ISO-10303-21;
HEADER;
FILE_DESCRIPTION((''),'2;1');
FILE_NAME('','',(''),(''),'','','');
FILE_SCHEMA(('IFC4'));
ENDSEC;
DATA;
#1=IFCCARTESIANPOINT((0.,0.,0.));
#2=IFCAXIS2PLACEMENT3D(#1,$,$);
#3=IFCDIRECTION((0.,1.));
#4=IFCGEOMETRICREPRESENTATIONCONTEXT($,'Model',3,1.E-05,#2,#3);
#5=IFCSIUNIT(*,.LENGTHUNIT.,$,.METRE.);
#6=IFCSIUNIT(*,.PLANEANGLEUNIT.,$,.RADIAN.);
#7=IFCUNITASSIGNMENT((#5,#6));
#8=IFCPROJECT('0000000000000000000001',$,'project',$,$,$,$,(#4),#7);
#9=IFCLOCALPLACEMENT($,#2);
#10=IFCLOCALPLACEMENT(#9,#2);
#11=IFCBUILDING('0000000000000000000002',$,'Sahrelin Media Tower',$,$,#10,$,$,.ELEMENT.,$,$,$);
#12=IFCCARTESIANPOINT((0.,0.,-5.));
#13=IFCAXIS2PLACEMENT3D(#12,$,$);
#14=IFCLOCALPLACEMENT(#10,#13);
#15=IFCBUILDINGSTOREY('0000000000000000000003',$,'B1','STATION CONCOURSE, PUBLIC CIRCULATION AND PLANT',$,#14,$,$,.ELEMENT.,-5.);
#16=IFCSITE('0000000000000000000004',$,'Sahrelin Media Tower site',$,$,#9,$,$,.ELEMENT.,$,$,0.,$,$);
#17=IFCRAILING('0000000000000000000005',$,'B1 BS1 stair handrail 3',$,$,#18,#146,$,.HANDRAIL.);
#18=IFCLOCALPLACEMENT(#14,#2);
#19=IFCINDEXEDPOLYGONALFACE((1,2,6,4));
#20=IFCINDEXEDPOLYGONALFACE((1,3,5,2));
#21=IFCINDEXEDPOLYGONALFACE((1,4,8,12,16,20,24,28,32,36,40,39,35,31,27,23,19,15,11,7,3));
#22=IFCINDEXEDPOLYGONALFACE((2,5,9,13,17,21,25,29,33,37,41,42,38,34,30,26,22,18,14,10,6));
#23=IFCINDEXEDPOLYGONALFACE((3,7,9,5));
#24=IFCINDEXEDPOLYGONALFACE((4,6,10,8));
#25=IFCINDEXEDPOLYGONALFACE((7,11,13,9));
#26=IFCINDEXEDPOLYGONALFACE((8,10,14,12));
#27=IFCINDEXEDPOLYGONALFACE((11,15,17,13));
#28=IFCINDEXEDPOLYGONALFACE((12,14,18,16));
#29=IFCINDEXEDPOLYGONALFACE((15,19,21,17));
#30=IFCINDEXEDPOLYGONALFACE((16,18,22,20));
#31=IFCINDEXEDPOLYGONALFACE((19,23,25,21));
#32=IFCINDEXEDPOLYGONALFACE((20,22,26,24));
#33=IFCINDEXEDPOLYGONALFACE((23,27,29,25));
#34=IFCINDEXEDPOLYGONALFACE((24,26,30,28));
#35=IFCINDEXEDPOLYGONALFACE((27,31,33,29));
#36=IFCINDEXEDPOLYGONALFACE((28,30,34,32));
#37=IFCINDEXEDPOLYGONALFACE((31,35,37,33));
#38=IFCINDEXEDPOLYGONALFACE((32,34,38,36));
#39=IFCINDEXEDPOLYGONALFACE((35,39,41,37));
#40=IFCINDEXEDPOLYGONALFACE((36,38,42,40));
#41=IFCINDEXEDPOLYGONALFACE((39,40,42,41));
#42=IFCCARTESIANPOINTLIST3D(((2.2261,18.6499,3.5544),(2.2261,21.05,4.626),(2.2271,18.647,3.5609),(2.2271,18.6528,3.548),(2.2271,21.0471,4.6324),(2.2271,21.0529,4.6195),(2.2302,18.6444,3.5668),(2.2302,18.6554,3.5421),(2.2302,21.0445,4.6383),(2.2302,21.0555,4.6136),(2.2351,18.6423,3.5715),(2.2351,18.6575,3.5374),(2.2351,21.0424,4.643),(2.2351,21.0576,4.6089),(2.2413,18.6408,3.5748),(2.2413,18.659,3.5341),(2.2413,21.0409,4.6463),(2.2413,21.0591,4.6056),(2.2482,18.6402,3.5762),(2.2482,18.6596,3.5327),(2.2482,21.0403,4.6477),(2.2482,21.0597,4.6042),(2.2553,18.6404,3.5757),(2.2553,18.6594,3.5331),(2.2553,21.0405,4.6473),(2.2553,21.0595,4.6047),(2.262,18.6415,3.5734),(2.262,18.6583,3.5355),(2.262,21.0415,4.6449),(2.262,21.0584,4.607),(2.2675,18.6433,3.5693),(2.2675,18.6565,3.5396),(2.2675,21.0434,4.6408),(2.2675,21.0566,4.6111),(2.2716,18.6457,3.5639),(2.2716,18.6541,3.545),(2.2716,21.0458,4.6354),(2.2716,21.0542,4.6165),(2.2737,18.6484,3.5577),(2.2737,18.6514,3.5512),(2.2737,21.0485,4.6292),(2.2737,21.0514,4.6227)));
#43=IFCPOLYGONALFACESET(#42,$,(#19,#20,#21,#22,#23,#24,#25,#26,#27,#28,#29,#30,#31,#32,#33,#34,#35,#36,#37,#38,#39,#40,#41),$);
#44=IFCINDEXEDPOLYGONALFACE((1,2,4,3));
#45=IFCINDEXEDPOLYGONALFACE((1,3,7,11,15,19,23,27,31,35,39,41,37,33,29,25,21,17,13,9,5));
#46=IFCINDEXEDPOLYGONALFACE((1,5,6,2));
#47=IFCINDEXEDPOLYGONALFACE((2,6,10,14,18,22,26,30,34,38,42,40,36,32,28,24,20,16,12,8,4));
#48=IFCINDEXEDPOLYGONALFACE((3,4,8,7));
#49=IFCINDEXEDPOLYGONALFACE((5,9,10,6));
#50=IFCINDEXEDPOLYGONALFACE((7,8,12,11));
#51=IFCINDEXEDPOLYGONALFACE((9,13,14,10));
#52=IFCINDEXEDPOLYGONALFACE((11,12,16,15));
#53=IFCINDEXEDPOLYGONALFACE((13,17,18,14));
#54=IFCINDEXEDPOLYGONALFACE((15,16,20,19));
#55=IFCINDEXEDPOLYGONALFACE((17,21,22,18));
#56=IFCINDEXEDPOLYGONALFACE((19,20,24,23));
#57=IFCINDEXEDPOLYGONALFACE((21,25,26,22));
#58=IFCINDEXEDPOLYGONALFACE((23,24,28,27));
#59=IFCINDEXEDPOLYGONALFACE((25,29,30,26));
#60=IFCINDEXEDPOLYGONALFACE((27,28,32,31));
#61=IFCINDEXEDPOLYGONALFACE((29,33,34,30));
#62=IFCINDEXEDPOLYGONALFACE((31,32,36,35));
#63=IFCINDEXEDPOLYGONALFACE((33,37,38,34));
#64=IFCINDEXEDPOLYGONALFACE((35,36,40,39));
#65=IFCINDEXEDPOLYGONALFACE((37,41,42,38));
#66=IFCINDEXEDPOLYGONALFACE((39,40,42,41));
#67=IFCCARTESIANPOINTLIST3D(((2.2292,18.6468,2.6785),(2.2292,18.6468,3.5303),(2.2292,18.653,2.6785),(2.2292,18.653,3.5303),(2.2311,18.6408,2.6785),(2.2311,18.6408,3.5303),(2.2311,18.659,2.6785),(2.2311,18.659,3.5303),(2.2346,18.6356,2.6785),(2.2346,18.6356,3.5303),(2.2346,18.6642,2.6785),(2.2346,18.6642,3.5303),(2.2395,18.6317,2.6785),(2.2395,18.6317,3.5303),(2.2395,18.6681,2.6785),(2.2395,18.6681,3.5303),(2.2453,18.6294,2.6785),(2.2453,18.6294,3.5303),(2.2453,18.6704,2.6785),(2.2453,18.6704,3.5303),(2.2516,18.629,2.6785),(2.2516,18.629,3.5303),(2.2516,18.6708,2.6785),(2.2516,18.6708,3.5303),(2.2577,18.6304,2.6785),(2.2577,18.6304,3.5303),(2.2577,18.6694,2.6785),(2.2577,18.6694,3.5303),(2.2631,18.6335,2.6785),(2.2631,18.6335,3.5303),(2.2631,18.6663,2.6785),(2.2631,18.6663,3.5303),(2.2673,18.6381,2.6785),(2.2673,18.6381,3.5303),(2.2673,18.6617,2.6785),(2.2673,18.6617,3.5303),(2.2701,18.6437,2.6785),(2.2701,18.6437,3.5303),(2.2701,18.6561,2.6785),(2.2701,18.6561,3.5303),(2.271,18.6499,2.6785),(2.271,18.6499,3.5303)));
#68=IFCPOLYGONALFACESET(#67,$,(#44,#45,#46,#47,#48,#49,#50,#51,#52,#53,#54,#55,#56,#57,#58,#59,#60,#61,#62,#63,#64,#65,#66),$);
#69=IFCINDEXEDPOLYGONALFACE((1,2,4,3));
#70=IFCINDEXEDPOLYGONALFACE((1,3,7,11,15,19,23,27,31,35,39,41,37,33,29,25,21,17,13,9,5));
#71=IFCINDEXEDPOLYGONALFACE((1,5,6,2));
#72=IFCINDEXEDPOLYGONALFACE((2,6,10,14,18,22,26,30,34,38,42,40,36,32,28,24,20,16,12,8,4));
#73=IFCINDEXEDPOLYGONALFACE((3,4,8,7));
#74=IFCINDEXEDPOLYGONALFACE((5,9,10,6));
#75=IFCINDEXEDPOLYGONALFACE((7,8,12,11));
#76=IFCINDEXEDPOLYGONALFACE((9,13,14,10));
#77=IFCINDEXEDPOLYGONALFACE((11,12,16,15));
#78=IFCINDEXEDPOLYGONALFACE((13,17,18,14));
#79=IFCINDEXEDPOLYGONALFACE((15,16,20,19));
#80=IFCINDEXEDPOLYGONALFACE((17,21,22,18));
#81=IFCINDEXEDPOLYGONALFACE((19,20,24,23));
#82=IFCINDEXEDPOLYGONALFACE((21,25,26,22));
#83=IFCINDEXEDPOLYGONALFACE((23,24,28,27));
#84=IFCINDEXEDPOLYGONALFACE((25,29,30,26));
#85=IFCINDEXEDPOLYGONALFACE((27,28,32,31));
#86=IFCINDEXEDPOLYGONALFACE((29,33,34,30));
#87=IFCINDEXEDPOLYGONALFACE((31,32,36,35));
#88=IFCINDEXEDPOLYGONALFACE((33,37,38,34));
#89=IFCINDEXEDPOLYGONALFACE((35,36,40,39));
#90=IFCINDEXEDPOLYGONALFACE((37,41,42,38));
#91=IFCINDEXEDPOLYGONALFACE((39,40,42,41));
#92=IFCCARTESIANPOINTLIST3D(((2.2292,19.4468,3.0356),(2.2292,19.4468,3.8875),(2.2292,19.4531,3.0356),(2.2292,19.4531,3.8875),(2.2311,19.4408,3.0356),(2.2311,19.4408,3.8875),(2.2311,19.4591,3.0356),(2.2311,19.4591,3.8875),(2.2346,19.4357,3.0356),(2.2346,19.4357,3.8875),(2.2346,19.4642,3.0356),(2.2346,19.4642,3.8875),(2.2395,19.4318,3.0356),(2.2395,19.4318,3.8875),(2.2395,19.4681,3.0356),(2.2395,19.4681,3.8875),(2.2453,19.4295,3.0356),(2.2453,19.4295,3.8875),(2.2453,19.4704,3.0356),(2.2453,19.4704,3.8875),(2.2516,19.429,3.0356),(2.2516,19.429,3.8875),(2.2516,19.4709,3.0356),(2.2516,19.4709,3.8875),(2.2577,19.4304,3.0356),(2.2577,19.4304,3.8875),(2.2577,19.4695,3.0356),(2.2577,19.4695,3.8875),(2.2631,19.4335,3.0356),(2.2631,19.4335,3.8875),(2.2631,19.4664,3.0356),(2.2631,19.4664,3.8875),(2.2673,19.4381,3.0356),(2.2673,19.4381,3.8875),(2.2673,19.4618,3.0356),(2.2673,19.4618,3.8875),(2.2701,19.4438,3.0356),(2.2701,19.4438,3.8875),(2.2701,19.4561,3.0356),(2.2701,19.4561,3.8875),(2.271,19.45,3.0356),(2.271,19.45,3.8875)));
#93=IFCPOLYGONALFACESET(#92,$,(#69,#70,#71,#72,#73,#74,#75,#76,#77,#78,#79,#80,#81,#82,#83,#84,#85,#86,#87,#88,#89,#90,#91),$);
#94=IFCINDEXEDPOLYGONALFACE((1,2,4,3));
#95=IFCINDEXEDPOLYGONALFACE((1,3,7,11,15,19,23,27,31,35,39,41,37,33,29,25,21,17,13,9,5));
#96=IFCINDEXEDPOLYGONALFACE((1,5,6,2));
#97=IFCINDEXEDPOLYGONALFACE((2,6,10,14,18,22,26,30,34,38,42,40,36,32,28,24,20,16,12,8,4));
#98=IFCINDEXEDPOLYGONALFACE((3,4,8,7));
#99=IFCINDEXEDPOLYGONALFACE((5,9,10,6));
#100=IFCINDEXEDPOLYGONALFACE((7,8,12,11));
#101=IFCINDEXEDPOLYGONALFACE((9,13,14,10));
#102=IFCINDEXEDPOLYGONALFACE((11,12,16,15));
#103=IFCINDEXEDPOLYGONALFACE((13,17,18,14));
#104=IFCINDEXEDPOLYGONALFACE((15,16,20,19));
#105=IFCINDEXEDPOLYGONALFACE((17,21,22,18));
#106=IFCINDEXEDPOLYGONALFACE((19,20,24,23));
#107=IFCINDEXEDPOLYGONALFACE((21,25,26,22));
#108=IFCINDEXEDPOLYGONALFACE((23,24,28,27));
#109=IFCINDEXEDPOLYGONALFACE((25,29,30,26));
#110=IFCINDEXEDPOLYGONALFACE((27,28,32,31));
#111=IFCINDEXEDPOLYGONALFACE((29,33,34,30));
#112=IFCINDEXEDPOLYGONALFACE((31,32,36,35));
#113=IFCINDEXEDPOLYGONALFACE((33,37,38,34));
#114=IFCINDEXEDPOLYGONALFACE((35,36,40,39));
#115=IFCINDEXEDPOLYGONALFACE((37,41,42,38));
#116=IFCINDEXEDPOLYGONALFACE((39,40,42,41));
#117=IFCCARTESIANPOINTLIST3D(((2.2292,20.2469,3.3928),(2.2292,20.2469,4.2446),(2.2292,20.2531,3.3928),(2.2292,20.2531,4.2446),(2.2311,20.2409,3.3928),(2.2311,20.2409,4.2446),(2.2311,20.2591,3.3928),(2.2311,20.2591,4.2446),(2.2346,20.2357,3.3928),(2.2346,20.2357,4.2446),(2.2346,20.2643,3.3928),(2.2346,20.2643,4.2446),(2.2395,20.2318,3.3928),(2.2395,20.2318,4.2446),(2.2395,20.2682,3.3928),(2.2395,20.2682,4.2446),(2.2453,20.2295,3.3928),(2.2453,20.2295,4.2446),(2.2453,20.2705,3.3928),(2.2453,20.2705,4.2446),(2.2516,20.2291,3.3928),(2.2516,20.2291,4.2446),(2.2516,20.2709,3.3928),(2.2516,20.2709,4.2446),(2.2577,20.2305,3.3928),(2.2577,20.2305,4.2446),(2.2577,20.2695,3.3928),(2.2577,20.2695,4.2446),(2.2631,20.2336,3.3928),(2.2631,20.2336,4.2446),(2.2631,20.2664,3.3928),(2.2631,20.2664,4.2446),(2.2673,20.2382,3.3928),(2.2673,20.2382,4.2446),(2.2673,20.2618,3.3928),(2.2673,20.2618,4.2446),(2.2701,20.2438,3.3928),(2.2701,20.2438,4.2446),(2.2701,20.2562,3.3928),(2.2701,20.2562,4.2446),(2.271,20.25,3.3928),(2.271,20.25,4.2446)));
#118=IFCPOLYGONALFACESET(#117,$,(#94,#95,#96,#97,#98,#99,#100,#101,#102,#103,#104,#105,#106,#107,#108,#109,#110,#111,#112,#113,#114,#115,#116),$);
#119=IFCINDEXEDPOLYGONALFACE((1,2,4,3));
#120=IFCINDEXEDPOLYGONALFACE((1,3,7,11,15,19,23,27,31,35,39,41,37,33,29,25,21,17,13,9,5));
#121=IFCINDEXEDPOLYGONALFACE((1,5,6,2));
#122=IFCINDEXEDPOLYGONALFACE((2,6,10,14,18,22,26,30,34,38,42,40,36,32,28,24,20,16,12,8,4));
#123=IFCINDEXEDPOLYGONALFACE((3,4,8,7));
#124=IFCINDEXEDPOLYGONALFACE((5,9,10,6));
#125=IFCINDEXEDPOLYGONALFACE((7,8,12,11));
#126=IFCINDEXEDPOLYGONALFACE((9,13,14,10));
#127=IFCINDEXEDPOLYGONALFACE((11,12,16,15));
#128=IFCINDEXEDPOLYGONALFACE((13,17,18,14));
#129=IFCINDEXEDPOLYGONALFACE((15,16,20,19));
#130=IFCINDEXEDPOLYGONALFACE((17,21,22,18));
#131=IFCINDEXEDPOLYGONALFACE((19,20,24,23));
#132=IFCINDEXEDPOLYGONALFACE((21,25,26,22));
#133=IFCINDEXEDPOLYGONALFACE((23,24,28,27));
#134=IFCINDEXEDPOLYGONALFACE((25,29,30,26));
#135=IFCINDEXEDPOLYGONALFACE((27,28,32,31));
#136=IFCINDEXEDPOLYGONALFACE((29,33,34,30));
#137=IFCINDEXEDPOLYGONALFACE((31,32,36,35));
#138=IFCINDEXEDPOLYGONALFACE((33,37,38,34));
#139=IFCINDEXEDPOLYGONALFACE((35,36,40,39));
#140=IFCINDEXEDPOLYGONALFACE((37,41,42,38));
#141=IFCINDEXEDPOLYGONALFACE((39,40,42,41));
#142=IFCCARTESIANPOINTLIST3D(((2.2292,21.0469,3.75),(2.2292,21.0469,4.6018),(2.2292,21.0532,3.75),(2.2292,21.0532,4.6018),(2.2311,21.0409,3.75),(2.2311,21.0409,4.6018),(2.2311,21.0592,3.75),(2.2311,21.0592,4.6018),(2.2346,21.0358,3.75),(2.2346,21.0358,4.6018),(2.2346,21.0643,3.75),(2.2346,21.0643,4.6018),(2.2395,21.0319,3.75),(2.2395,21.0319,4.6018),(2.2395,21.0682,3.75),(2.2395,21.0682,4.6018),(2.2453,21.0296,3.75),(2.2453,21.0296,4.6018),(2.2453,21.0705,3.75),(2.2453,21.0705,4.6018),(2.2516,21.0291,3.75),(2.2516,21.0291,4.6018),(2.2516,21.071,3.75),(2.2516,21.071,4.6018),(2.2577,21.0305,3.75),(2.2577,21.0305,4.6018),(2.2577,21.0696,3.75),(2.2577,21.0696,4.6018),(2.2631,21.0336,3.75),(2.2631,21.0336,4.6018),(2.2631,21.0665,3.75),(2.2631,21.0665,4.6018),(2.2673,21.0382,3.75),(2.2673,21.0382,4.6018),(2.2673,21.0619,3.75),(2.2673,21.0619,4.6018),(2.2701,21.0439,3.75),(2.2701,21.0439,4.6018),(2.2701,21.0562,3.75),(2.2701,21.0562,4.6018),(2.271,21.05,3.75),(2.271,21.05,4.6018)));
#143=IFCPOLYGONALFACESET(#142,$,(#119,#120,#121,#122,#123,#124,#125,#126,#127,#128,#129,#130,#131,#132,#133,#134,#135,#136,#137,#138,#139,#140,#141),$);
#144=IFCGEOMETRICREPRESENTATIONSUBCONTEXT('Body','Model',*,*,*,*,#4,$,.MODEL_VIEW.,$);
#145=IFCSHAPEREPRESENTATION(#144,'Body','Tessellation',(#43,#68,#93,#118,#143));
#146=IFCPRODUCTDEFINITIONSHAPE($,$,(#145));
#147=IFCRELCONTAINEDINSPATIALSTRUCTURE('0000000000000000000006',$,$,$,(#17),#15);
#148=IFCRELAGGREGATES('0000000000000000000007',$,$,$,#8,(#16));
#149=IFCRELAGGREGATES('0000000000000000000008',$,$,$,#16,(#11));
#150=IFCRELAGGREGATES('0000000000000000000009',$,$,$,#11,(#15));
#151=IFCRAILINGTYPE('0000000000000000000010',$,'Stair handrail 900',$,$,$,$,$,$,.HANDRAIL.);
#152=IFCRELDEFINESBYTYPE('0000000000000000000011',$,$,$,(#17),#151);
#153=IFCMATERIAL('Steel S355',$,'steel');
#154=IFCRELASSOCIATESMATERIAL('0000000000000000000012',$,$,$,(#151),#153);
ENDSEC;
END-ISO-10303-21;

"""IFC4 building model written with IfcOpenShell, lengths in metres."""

from ifc_helpers import new_model, si_unit, direction, frame, origin, origin_2d, place, context, subcontext, project, spatial, circle, extrude, material, type_object, element, save


model = new_model("IFC4")

# Units and contexts
model_context = context("Model", 3, precision=1e-05, world=origin(), true_north=direction((0.0, 1.0)))
body_context = subcontext(model_context, "Body", "Model", "MODEL_VIEW")
ifc_project = project(units=[si_unit("LENGTHUNIT", "METRE"), si_unit("PLANEANGLEUNIT", "RADIAN")], contexts=[model_context])

# Site, building, storey
site_placement = place(None, origin())
site = spatial("IfcSite", under=ifc_project, at=site_placement, Name="Sahrelin Media Tower site", CompositionType="ELEMENT", RefElevation=0.0)
building_placement = place(site_placement, origin())
building = spatial("IfcBuilding", under=site, at=building_placement, Name="Sahrelin Media Tower", CompositionType="ELEMENT")
storey_placement = place(building_placement, frame((0.0, 0.0, -5.0)))
storey = spatial("IfcBuildingStorey", under=building, at=storey_placement, Name="B1", Description="STATION CONCOURSE, PUBLIC CIRCULATION AND PLANT", CompositionType="ELEMENT", Elevation=-5.0)

# Railing
ifc_material_1 = material(Name="Steel S355", Category="steel")
railing_type_1 = type_object("IfcRailingType", Name="Stair handrail 900", PredefinedType="HANDRAIL", material=ifc_material_1)
for number, where, name in (
    (1, (2.25, 18.6499, 2.6785), "B1 BS1 stair handrail 3"),
):
    element("IfcRailing", number, at=place(storey_placement, frame(where)), inside=storey, type_object=railing_type_1, Name=name, PredefinedType="HANDRAIL", context=body_context, shape_type="SweptSolid", body=[
        extrude(circle(Radius=0.0239, at=origin_2d()), frame((0.0, 0.0, 0.876), z_axis=(0.0, 0.913132, 0.407663), x_axis=(-1.0, 0.0, 0.0)), (0.0, 0.0, 1.0), 2.6284),
        extrude(circle(Radius=0.021, at=origin_2d()), origin(), (0.0, 0.0, 1.0), 0.8518),
        extrude(circle(Radius=0.021, at=origin_2d()), frame((0.0, 0.8, 0.3572)), (0.0, 0.0, 1.0), 0.8518),
        extrude(circle(Radius=0.021, at=origin_2d()), frame((0.0, 1.6001, 0.7144)), (0.0, 0.0, 1.0), 0.8518),
        extrude(circle(Radius=0.021, at=origin_2d()), frame((0.0, 2.4001, 1.0715)), (0.0, 0.0, 1.0), 0.8518),
    ])

save(model, "model.ifc")
